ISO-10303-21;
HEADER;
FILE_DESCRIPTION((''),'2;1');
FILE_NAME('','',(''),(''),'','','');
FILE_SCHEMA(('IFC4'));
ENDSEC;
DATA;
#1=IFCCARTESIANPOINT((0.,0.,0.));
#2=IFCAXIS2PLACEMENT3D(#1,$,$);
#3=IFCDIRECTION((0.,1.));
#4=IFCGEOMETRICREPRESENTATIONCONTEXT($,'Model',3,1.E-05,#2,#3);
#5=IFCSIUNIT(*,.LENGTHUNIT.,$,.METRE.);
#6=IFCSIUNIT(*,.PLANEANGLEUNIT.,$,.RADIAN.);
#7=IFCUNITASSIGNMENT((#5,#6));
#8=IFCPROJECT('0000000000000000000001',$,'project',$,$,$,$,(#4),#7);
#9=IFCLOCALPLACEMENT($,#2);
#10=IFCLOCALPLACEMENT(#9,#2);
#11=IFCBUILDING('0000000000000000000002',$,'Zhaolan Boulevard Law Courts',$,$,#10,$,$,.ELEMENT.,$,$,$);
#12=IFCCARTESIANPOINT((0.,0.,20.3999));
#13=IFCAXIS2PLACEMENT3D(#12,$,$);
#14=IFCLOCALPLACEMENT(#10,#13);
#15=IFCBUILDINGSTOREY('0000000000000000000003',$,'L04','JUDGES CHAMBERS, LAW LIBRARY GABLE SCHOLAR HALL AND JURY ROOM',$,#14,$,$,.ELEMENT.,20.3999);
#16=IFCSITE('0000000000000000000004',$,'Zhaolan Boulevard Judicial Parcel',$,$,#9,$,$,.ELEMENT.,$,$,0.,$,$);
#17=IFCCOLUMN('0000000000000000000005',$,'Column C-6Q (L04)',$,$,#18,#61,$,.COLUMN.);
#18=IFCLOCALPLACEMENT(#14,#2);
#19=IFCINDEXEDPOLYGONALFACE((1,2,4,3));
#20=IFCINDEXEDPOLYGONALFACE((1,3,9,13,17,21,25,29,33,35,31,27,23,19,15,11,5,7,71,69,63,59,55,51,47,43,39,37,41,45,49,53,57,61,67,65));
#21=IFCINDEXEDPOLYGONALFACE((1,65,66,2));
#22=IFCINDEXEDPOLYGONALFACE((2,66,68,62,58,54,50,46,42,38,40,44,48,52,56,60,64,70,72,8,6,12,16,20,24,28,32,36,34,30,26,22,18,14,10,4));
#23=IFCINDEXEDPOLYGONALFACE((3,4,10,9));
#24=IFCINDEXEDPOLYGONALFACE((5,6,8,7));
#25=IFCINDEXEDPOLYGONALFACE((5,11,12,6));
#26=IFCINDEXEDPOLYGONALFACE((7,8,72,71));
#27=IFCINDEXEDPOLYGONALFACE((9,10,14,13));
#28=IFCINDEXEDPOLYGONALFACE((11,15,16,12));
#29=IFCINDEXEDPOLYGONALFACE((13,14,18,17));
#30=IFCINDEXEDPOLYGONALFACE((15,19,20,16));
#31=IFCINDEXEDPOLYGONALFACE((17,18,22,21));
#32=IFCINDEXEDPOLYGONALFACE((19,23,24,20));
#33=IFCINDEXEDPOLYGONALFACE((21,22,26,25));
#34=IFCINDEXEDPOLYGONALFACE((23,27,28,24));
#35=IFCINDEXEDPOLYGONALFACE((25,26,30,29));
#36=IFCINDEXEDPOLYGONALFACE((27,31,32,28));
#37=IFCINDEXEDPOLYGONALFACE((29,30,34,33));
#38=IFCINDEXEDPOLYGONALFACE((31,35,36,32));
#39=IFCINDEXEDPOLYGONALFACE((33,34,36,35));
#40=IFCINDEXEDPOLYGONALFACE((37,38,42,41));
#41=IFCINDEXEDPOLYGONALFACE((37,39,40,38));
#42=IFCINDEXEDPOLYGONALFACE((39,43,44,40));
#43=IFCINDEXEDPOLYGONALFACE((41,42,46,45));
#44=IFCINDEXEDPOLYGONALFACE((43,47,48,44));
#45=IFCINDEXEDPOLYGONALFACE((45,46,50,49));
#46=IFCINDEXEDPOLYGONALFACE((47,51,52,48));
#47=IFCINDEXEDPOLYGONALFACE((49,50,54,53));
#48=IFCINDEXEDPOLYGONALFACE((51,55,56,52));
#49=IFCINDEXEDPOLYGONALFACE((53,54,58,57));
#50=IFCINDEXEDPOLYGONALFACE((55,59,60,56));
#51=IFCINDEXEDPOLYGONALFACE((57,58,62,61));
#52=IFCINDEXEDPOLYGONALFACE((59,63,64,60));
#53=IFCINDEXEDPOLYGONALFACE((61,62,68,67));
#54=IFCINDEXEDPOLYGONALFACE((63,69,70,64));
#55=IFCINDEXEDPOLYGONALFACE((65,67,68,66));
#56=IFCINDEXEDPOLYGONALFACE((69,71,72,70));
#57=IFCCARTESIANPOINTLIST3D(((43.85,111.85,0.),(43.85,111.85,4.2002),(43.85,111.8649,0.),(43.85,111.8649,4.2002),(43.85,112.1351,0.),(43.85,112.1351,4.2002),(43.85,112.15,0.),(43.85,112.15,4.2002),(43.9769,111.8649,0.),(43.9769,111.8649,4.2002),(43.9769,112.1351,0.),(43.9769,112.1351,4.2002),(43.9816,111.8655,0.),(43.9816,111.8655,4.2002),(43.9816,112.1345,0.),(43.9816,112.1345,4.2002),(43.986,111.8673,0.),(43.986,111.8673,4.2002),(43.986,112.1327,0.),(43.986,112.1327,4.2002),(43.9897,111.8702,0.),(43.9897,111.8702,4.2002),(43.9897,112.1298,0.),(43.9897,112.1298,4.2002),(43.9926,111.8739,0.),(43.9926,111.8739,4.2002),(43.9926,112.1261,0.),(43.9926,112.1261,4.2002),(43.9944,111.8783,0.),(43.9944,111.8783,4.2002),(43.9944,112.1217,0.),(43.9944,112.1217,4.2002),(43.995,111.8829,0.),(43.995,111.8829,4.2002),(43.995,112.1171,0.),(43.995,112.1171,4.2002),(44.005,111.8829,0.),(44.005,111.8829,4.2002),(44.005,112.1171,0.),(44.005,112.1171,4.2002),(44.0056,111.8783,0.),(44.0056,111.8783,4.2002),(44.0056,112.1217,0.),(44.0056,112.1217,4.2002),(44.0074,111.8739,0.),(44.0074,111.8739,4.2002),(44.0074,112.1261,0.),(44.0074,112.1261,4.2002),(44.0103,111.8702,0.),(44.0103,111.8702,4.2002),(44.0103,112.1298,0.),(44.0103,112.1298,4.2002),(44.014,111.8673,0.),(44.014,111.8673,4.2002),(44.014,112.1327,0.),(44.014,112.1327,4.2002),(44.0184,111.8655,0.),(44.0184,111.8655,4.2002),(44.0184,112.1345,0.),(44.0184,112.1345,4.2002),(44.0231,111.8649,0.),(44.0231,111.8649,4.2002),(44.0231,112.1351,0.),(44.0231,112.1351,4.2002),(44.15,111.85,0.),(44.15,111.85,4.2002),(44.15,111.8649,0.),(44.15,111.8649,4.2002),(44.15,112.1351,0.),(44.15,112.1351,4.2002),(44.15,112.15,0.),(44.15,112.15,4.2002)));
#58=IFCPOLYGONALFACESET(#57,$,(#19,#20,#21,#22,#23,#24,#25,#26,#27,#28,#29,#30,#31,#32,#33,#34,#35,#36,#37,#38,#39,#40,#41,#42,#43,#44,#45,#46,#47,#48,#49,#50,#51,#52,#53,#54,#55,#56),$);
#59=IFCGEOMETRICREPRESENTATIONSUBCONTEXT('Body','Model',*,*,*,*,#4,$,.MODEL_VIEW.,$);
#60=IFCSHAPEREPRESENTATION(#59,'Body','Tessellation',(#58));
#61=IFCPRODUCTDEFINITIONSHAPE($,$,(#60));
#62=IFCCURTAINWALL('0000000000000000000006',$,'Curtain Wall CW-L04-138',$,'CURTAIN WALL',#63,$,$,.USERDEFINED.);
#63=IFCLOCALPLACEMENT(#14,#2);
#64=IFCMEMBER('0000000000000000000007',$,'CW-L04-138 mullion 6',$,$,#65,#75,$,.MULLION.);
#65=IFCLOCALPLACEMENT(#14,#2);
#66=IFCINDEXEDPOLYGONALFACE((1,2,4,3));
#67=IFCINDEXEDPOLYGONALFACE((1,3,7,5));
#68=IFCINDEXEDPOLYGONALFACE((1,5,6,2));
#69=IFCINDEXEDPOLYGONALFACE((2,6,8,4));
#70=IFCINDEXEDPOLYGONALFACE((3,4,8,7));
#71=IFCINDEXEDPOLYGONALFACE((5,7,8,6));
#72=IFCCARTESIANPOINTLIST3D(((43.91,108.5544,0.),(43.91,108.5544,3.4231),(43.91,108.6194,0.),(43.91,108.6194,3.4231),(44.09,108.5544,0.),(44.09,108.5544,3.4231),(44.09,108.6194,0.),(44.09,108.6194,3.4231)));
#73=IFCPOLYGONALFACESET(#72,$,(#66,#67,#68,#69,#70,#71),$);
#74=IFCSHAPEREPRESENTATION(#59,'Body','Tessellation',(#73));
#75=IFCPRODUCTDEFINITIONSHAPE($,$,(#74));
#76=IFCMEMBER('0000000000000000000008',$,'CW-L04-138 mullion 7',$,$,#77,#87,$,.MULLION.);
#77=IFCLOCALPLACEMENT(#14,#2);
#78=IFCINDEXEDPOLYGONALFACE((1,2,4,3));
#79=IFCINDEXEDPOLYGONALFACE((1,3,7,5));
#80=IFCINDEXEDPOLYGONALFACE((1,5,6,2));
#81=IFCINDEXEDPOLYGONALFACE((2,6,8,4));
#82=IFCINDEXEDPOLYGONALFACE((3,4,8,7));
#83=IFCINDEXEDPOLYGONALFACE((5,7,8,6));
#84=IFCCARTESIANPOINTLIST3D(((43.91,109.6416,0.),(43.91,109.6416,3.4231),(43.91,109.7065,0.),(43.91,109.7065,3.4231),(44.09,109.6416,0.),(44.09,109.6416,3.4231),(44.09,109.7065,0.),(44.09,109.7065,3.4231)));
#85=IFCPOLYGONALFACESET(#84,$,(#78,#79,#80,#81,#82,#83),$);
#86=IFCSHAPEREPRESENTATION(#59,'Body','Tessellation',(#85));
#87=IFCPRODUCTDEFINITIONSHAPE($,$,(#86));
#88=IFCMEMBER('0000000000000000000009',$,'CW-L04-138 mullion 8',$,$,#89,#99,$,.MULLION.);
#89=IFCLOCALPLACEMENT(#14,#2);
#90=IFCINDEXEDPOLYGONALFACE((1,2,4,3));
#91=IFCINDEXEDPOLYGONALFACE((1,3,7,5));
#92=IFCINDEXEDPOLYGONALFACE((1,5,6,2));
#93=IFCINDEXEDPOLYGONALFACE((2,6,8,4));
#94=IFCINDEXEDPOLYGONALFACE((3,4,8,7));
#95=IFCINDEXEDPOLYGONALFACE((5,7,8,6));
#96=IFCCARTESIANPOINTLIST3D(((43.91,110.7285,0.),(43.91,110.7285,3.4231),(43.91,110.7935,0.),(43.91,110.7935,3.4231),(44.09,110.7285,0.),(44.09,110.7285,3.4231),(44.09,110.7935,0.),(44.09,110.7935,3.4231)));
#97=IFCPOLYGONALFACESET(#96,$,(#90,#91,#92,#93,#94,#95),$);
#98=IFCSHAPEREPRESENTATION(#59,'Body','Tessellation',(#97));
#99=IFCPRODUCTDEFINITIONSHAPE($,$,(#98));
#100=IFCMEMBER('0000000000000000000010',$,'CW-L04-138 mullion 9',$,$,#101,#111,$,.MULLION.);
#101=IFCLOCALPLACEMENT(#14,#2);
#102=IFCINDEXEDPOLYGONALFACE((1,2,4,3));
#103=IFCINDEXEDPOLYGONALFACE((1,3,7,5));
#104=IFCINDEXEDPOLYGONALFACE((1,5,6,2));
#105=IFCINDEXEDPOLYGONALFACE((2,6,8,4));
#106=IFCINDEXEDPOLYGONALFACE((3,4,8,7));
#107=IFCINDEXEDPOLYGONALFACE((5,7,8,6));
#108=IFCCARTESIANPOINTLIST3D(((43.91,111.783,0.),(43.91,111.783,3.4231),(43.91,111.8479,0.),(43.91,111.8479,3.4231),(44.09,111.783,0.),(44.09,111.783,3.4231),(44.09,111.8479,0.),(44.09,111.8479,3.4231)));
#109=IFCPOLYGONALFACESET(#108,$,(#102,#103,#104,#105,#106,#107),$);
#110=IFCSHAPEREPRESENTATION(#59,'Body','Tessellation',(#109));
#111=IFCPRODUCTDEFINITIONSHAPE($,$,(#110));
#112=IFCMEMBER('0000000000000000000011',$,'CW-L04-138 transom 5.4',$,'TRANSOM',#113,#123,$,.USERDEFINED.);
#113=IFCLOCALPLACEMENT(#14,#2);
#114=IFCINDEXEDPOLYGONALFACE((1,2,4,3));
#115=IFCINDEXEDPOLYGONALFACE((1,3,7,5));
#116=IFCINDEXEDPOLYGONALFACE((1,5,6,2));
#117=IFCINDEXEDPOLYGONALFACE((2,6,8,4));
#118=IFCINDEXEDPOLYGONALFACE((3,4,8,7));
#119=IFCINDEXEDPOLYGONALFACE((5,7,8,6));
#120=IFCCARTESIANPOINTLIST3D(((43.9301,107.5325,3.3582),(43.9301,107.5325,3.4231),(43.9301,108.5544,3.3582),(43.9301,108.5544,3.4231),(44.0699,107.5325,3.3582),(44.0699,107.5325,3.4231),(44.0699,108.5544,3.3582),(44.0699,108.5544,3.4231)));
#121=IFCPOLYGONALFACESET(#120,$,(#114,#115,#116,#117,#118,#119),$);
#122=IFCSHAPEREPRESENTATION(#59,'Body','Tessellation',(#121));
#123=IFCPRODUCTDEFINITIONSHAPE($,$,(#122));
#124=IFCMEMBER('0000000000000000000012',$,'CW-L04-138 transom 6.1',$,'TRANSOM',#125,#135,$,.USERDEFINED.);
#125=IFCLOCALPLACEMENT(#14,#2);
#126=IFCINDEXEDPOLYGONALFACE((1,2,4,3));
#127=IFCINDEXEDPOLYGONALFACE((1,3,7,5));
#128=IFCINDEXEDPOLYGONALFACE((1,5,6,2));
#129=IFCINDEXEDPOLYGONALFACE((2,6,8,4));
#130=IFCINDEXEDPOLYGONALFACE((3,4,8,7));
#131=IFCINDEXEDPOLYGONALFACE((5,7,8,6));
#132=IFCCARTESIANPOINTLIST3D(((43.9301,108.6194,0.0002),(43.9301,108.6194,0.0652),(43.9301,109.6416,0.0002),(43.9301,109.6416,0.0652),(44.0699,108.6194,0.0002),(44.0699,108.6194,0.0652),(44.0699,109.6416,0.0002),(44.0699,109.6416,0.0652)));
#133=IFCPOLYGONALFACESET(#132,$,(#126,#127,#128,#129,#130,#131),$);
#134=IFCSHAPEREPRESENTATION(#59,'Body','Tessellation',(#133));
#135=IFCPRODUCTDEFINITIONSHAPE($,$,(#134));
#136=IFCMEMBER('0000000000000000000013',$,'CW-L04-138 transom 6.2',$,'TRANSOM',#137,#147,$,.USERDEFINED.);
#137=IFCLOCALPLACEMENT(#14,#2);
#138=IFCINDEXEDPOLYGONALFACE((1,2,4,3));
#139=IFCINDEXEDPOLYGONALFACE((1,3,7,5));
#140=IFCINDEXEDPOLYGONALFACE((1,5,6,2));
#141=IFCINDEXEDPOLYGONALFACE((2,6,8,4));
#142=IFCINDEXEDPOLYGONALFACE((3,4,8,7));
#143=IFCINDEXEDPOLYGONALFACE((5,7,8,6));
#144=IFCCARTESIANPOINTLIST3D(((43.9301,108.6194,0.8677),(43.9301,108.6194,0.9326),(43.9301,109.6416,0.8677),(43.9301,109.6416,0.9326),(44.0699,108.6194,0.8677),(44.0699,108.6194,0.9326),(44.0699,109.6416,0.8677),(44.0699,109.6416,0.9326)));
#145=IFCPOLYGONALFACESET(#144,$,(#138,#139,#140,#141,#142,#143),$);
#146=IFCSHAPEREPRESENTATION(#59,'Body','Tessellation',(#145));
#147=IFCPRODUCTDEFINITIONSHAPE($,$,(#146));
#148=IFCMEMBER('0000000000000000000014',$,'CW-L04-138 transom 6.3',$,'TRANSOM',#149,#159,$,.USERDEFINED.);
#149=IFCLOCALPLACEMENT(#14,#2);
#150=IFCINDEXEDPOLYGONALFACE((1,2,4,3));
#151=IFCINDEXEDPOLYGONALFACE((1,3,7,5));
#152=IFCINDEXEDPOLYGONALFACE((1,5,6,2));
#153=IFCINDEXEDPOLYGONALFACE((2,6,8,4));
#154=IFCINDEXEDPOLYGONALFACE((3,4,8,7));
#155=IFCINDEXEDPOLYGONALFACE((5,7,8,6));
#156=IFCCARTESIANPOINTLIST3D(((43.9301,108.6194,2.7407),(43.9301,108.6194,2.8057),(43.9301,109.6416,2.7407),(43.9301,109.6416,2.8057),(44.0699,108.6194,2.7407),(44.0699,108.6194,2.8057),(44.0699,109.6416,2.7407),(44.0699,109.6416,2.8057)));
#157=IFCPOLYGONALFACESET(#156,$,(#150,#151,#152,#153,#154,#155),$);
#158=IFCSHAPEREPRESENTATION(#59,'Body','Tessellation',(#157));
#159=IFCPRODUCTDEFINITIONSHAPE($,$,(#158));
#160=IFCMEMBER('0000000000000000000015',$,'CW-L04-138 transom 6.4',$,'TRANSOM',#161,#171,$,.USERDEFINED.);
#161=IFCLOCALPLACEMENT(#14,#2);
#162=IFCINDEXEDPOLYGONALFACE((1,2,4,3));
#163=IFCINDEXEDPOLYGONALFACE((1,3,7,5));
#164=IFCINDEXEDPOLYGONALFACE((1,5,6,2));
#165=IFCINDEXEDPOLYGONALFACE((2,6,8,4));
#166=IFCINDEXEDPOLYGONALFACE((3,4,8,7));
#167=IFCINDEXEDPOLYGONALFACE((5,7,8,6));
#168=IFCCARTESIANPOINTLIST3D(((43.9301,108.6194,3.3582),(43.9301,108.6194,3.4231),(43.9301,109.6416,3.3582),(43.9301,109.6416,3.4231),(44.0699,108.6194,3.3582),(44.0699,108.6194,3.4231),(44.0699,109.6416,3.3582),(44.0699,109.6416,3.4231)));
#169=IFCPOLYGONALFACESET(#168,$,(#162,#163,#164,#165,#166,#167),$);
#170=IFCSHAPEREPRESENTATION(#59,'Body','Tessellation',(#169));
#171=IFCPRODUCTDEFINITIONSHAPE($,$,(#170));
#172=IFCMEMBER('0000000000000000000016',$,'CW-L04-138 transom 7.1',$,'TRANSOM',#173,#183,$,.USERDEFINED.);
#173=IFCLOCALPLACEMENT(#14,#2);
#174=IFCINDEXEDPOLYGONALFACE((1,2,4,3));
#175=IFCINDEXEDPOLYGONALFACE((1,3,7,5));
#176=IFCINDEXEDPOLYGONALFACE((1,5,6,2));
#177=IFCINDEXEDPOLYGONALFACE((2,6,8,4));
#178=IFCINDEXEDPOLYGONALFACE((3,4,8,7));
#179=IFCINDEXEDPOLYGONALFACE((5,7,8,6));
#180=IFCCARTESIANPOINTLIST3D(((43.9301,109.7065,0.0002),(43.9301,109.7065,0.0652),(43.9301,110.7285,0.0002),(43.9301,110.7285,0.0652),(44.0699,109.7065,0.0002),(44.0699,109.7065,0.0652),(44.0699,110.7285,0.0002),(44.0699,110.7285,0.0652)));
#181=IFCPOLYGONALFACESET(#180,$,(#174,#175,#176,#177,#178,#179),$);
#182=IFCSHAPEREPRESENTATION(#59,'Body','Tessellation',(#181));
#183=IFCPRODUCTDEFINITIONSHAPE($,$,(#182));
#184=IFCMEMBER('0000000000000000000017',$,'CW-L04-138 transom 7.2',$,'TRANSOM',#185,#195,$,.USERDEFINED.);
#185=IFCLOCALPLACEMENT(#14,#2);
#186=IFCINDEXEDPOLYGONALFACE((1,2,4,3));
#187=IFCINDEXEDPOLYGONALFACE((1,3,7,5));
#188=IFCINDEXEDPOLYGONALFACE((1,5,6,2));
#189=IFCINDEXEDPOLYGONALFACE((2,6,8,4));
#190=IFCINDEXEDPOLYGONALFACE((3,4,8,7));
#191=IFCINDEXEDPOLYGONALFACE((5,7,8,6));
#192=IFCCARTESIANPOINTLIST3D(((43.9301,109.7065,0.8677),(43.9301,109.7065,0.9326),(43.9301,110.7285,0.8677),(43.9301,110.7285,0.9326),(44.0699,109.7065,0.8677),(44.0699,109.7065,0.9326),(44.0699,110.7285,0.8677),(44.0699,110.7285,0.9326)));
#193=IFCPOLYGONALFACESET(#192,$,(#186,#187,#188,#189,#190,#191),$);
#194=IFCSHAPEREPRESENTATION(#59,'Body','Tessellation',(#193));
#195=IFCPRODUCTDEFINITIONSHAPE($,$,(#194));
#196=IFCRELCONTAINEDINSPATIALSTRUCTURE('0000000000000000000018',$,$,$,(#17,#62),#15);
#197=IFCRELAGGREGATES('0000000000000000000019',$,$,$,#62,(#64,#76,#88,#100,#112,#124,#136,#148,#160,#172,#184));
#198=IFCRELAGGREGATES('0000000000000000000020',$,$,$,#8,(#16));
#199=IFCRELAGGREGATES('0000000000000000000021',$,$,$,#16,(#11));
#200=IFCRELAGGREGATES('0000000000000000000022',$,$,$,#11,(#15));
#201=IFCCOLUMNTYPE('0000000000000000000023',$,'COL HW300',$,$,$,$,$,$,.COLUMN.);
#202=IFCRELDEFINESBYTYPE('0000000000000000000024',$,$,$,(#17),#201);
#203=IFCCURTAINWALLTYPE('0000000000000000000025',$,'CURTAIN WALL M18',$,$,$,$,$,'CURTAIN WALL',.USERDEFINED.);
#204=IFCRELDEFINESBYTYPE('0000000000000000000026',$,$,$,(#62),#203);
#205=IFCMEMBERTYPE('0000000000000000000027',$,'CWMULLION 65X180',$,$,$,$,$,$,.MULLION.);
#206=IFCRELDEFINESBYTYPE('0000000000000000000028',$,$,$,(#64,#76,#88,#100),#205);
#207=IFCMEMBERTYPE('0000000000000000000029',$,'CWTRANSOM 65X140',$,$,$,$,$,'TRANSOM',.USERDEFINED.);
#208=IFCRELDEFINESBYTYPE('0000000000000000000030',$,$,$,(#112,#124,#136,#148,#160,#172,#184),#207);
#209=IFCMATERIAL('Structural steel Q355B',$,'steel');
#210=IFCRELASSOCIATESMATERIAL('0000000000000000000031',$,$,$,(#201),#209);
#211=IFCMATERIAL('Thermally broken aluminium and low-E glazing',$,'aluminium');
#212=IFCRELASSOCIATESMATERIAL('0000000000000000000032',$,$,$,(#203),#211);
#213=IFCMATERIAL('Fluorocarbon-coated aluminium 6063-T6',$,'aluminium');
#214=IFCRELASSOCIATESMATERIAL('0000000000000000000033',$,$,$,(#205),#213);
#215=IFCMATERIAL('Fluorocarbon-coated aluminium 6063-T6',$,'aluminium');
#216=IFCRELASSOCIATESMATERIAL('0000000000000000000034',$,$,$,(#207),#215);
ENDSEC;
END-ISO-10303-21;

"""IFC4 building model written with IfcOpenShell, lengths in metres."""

from ifc_helpers import new_model, si_unit, direction, frame, origin, origin_2d, place, context, subcontext, project, spatial, rectangle, i_section, extrude, material, material_profile, profile_set, type_object, element, aggregate, save


model = new_model("IFC4")

# Units and contexts
model_context = context("Model", 3, precision=1e-05, world=origin(), true_north=direction((0.0, 1.0)))
body_context = subcontext(model_context, "Body", "Model", "MODEL_VIEW")
ifc_project = project(units=[si_unit("LENGTHUNIT", "METRE"), si_unit("PLANEANGLEUNIT", "RADIAN")], contexts=[model_context])

# Site, building, storey
site_placement = place(None, origin())
site = spatial("IfcSite", under=ifc_project, at=site_placement, Name="Zhaolan Boulevard Judicial Parcel", CompositionType="ELEMENT", RefElevation=0.0)
building_placement = place(site_placement, origin())
building = spatial("IfcBuilding", under=site, at=building_placement, Name="Zhaolan Boulevard Law Courts", CompositionType="ELEMENT")
storey_placement = place(building_placement, frame((0.0, 0.0, 20.3999)))
storey = spatial("IfcBuildingStorey", under=building, at=storey_placement, Name="L04", Description="JUDGES CHAMBERS, LAW LIBRARY GABLE SCHOLAR HALL AND JURY ROOM", CompositionType="ELEMENT", Elevation=20.3999)

# Column
ifc_material_1 = material(Name="Structural steel Q355B", Category="steel")
ifc_material_profile_1 = material_profile(ifc_material_1, i_section(OverallWidth=0.3, OverallDepth=0.3, WebThickness=0.01, FlangeThickness=0.0149, FilletRadius=0.0181, at=origin_2d()), Name="HW300x300")
ifc_profile_set_1 = profile_set([ifc_material_profile_1], Name="Structural steel Q355B")
column_type = type_object("IfcColumnType", Name="COL HW300", PredefinedType="COLUMN", material=ifc_profile_set_1)
column_placement = place(storey_placement, frame((44.0, 112.0, 0.0), z_axis=(0.0, 0.0, 1.0), x_axis=(1.0, 0.0, 0.0)))
element("IfcColumn", 1, at=column_placement, inside=storey, type_object=column_type, Name="Column C-6Q (L04)", PredefinedType="COLUMN", context=body_context, shape_type="SweptSolid", body=[
    extrude(i_section(OverallWidth=0.3, OverallDepth=0.3, WebThickness=0.01, FlangeThickness=0.0149, FilletRadius=0.0181, at=origin_2d()), origin(), (0.0, 0.0, 1.0), 4.2002),
])

# Curtain wall, members
ifc_material_2 = material(Name="Thermally broken aluminium and low-E glazing", Category="aluminium")
curtain_wall_type = type_object("IfcCurtainWallType", Name="CURTAIN WALL M18", ElementType="CURTAIN WALL", PredefinedType="USERDEFINED", material=ifc_material_2)
curtain_wall_placement = place(storey_placement, origin())
curtain_wall = element("IfcCurtainWall", 2, at=curtain_wall_placement, inside=storey, type_object=curtain_wall_type, Name="Curtain Wall CW-L04-138", ObjectType="CURTAIN WALL", PredefinedType="USERDEFINED")
ifc_material_3 = material(Name="Fluorocarbon-coated aluminium 6063-T6", Category="aluminium")
ifc_material_profile_2 = material_profile(ifc_material_3, rectangle(XDim=0.1799, YDim=0.0649, at=origin_2d()), Name="AL65x180")
ifc_profile_set_2 = profile_set([ifc_material_profile_2], Name="Fluorocarbon-coated aluminium 6063-T6")
member_type_1 = type_object("IfcMemberType", Name="CWMULLION 65X180", PredefinedType="MULLION", material=ifc_profile_set_2)
member_1_placement = place(storey_placement, frame((44.0, 108.5869, 0.0), z_axis=(0.0, 0.0, 1.0), x_axis=(-1.0, 0.0, 0.0)))
member_1 = element("IfcMember", 3, at=member_1_placement, type_object=member_type_1, Name="CW-L04-138 mullion 6", PredefinedType="MULLION", context=body_context, shape_type="SweptSolid", body=[
    extrude(rectangle(XDim=0.1799, YDim=0.0649, at=origin_2d()), origin(), (0.0, 0.0, 1.0), 3.4231),
])
member_2_placement = place(storey_placement, frame((44.0, 109.6741, 0.0), z_axis=(0.0, 0.0, 1.0), x_axis=(-1.0, 0.0, 0.0)))
member_2 = element("IfcMember", 4, at=member_2_placement, type_object=member_type_1, Name="CW-L04-138 mullion 7", PredefinedType="MULLION", context=body_context, shape_type="SweptSolid", body=[
    extrude(rectangle(XDim=0.1799, YDim=0.0649, at=origin_2d()), origin(), (0.0, 0.0, 1.0), 3.4231),
])
member_3_placement = place(storey_placement, frame((44.0, 110.761, 0.0), z_axis=(0.0, 0.0, 1.0), x_axis=(-1.0, 0.0, 0.0)))
member_3 = element("IfcMember", 5, at=member_3_placement, type_object=member_type_1, Name="CW-L04-138 mullion 8", PredefinedType="MULLION", context=body_context, shape_type="SweptSolid", body=[
    extrude(rectangle(XDim=0.1799, YDim=0.0649, at=origin_2d()), origin(), (0.0, 0.0, 1.0), 3.4231),
])
member_4_placement = place(storey_placement, frame((44.0, 111.8154, 0.0), z_axis=(0.0, 0.0, 1.0), x_axis=(-1.0, 0.0, 0.0)))
member_4 = element("IfcMember", 6, at=member_4_placement, type_object=member_type_1, Name="CW-L04-138 mullion 9", PredefinedType="MULLION", context=body_context, shape_type="SweptSolid", body=[
    extrude(rectangle(XDim=0.1799, YDim=0.0649, at=origin_2d()), origin(), (0.0, 0.0, 1.0), 3.4231),
])
ifc_material_4 = material(Name="Fluorocarbon-coated aluminium 6063-T6", Category="aluminium")
ifc_material_profile_3 = material_profile(ifc_material_4, rectangle(XDim=0.1399, YDim=0.0649, at=origin_2d()), Name="AL65x140")
ifc_profile_set_3 = profile_set([ifc_material_profile_3], Name="Fluorocarbon-coated aluminium 6063-T6")
member_type_2 = type_object("IfcMemberType", Name="CWTRANSOM 65X140", ElementType="TRANSOM", PredefinedType="USERDEFINED", material=ifc_profile_set_3)
member_5_placement = place(storey_placement, frame((44.0, 107.5325, 3.3906), z_axis=(0.0, 1.0, 0.0), x_axis=(-1.0, 0.0, 0.0)))
member_5 = element("IfcMember", 7, at=member_5_placement, type_object=member_type_2, Name="CW-L04-138 transom 5.4", ObjectType="TRANSOM", PredefinedType="USERDEFINED", context=body_context, shape_type="SweptSolid", body=[
    extrude(rectangle(XDim=0.1399, YDim=0.0649, at=origin_2d()), origin(), (0.0, 0.0, 1.0), 1.022),
])
member_6_placement = place(storey_placement, frame((44.0, 108.6194, 0.0327), z_axis=(0.0, 1.0, 0.0), x_axis=(-1.0, 0.0, 0.0)))
member_6 = element("IfcMember", 8, at=member_6_placement, type_object=member_type_2, Name="CW-L04-138 transom 6.1", ObjectType="TRANSOM", PredefinedType="USERDEFINED", context=body_context, shape_type="SweptSolid", body=[
    extrude(rectangle(XDim=0.1399, YDim=0.0649, at=origin_2d()), origin(), (0.0, 0.0, 1.0), 1.0222),
])
member_7_placement = place(storey_placement, frame((44.0, 108.6194, 0.9001), z_axis=(0.0, 1.0, 0.0), x_axis=(-1.0, 0.0, 0.0)))
member_7 = element("IfcMember", 9, at=member_7_placement, type_object=member_type_2, Name="CW-L04-138 transom 6.2", ObjectType="TRANSOM", PredefinedType="USERDEFINED", context=body_context, shape_type="SweptSolid", body=[
    extrude(rectangle(XDim=0.1399, YDim=0.0649, at=origin_2d()), origin(), (0.0, 0.0, 1.0), 1.0222),
])
member_8_placement = place(storey_placement, frame((44.0, 108.6194, 2.7732), z_axis=(0.0, 1.0, 0.0), x_axis=(-1.0, 0.0, 0.0)))
member_8 = element("IfcMember", 10, at=member_8_placement, type_object=member_type_2, Name="CW-L04-138 transom 6.3", ObjectType="TRANSOM", PredefinedType="USERDEFINED", context=body_context, shape_type="SweptSolid", body=[
    extrude(rectangle(XDim=0.1399, YDim=0.0649, at=origin_2d()), origin(), (0.0, 0.0, 1.0), 1.0222),
])
member_9_placement = place(storey_placement, frame((44.0, 108.6194, 3.3906), z_axis=(0.0, 1.0, 0.0), x_axis=(-1.0, 0.0, 0.0)))
member_9 = element("IfcMember", 11, at=member_9_placement, type_object=member_type_2, Name="CW-L04-138 transom 6.4", ObjectType="TRANSOM", PredefinedType="USERDEFINED", context=body_context, shape_type="SweptSolid", body=[
    extrude(rectangle(XDim=0.1399, YDim=0.0649, at=origin_2d()), origin(), (0.0, 0.0, 1.0), 1.0222),
])
member_10_placement = place(storey_placement, frame((44.0, 109.7065, 0.0327), z_axis=(0.0, 1.0, 0.0), x_axis=(-1.0, 0.0, 0.0)))
member_10 = element("IfcMember", 12, at=member_10_placement, type_object=member_type_2, Name="CW-L04-138 transom 7.1", ObjectType="TRANSOM", PredefinedType="USERDEFINED", context=body_context, shape_type="SweptSolid", body=[
    extrude(rectangle(XDim=0.1399, YDim=0.0649, at=origin_2d()), origin(), (0.0, 0.0, 1.0), 1.022),
])
member_11_placement = place(storey_placement, frame((44.0, 109.7065, 0.9001), z_axis=(0.0, 1.0, 0.0), x_axis=(-1.0, 0.0, 0.0)))
member_11 = element("IfcMember", 13, at=member_11_placement, type_object=member_type_2, Name="CW-L04-138 transom 7.2", ObjectType="TRANSOM", PredefinedType="USERDEFINED", context=body_context, shape_type="SweptSolid", body=[
    extrude(rectangle(XDim=0.1399, YDim=0.0649, at=origin_2d()), origin(), (0.0, 0.0, 1.0), 1.022),
])
aggregate(curtain_wall, [member_1, member_2, member_3, member_4, member_5, member_6, member_7, member_8, member_9, member_10, member_11])

save(model, "model.ifc")
